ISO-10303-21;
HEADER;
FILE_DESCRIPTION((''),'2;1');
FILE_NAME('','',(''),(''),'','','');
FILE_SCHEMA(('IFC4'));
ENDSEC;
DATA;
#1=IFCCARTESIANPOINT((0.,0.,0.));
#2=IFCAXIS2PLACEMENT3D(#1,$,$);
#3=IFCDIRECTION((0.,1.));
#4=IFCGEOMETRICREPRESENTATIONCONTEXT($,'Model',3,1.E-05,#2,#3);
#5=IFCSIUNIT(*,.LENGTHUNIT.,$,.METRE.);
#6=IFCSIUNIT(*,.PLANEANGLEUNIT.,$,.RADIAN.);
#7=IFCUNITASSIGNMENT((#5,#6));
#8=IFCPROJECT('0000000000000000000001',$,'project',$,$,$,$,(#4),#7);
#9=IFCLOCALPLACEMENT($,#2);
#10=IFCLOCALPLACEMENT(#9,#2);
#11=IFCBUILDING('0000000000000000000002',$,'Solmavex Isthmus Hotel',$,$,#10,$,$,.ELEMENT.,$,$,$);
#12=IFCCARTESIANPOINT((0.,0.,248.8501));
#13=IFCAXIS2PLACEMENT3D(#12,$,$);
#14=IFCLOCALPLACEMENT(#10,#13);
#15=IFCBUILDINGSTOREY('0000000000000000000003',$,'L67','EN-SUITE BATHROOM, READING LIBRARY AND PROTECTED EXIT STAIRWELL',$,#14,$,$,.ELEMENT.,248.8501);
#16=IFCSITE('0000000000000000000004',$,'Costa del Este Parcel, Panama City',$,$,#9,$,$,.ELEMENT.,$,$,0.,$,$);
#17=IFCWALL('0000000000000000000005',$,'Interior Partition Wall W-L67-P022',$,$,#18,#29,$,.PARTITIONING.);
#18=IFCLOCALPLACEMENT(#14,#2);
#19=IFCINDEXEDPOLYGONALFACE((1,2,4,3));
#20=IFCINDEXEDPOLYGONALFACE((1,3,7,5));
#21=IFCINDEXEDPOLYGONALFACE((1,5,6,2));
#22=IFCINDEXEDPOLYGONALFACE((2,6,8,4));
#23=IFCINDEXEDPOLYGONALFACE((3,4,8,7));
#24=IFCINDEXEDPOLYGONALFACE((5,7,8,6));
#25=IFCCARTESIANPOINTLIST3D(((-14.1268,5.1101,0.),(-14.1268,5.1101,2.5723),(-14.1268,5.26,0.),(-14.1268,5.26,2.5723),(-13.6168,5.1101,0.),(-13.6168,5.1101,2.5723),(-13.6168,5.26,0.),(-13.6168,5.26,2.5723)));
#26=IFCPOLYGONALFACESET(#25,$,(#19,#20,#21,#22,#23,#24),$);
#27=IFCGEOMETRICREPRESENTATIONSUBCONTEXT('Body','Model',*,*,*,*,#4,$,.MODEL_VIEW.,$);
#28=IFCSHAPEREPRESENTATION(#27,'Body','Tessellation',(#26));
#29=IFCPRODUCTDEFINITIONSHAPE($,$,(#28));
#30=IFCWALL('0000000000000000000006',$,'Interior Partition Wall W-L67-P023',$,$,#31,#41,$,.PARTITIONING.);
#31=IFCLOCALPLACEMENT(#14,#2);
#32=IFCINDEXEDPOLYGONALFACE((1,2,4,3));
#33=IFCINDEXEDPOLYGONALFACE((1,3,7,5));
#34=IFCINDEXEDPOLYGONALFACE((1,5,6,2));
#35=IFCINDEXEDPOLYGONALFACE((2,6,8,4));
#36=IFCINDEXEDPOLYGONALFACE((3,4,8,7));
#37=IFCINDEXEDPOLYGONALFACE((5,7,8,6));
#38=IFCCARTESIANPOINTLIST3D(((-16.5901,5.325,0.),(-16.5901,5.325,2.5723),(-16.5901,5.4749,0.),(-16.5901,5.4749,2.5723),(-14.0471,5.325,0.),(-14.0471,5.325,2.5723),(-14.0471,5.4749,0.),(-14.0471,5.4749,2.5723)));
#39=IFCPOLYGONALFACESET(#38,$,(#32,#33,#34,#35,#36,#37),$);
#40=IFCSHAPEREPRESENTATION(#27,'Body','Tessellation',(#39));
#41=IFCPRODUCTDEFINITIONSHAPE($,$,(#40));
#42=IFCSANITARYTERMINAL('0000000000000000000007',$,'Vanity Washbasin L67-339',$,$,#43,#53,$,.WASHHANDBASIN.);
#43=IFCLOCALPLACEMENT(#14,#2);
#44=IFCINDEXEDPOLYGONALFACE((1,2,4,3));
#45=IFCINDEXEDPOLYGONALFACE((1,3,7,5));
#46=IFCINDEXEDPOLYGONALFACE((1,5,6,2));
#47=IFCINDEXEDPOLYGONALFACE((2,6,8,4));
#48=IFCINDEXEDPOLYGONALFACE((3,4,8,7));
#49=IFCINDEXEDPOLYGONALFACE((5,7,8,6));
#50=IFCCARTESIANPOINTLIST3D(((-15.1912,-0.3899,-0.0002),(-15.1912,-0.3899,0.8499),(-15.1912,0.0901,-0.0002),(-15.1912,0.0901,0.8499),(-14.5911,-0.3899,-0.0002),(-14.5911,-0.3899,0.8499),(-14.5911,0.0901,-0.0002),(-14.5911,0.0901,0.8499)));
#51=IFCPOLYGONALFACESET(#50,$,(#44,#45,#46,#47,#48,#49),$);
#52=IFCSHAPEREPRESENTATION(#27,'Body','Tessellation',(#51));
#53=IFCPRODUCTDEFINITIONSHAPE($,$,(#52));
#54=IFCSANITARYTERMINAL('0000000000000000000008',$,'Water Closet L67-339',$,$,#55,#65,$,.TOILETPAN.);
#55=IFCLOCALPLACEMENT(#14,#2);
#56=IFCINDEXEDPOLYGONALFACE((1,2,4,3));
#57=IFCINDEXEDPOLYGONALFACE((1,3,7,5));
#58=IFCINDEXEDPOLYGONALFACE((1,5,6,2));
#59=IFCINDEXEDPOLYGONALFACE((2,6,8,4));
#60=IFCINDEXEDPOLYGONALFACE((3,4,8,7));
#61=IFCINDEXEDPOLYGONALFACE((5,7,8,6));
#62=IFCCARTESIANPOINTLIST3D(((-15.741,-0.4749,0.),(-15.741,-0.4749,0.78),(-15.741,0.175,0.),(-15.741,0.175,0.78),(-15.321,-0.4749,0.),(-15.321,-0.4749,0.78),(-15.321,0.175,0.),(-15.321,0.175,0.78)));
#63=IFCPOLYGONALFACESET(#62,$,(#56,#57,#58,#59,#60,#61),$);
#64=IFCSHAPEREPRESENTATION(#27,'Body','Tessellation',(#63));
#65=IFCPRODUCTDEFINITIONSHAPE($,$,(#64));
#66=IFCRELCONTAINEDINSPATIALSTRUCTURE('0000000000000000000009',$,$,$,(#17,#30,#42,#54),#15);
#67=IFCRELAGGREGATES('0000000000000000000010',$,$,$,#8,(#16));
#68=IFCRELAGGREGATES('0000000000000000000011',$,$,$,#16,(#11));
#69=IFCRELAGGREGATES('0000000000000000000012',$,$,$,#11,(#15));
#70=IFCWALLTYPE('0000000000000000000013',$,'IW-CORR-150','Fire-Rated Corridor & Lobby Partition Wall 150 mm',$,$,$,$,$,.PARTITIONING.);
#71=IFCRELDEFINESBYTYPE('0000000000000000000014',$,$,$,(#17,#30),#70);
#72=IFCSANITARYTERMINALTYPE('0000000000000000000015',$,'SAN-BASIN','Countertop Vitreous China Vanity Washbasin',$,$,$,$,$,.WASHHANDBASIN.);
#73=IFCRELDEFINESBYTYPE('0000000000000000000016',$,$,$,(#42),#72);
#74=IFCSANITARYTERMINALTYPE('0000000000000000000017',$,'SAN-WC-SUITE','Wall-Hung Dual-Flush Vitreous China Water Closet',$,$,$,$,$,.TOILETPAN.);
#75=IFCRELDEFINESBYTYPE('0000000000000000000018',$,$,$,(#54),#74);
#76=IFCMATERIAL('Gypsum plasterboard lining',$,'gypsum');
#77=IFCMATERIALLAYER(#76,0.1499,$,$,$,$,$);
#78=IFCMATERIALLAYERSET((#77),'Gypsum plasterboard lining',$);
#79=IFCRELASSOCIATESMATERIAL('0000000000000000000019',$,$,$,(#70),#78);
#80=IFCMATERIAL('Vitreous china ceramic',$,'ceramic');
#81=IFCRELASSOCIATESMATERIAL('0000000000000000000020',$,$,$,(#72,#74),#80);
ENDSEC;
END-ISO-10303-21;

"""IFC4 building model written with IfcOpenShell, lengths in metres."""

from ifc_helpers import new_model, si_unit, direction, frame, frame_2d, origin, origin_2d, place, context, subcontext, project, spatial, rectangle, extrude, material, layer, layer_set, type_object, element, save


model = new_model("IFC4")

# Units and contexts
model_context = context("Model", 3, precision=1e-05, world=origin(), true_north=direction((0.0, 1.0)))
body_context = subcontext(model_context, "Body", "Model", "MODEL_VIEW")
ifc_project = project(units=[si_unit("LENGTHUNIT", "METRE"), si_unit("PLANEANGLEUNIT", "RADIAN")], contexts=[model_context])

# Site, building, storey
site_placement = place(None, origin())
site = spatial("IfcSite", under=ifc_project, at=site_placement, Name="Costa del Este Parcel, Panama City", CompositionType="ELEMENT", RefElevation=0.0)
building_placement = place(site_placement, origin())
building = spatial("IfcBuilding", under=site, at=building_placement, Name="Solmavex Isthmus Hotel", CompositionType="ELEMENT")
storey_placement = place(building_placement, frame((0.0, 0.0, 248.8501)))
storey = spatial("IfcBuildingStorey", under=building, at=storey_placement, Name="L67", Description="EN-SUITE BATHROOM, READING LIBRARY AND PROTECTED EXIT STAIRWELL", CompositionType="ELEMENT", Elevation=248.8501)

# Shared definitions
ifc_material_1 = material(Name="Gypsum plasterboard lining", Category="gypsum")
ifc_layer_1 = layer(ifc_material_1, 0.1499)
ifc_layer_set_1 = layer_set([ifc_layer_1], Name="Gypsum plasterboard lining")
wall_type_1 = type_object("IfcWallType", Name="IW-CORR-150", Description="Fire-Rated Corridor & Lobby Partition Wall 150 mm", PredefinedType="PARTITIONING", material=ifc_layer_set_1)

# Walls
wall_1_placement = place(storey_placement, frame((-13.6169, 5.1851, 0.0), z_axis=(0.0, 0.0, 1.0), x_axis=(-1.0, 0.0, 0.0)))
element("IfcWall", 1, at=wall_1_placement, inside=storey, type_object=wall_type_1, Name="Interior Partition Wall W-L67-P022", PredefinedType="PARTITIONING", context=body_context, shape_type="SweptSolid", body=[
    extrude(rectangle(XDim=0.51, YDim=0.1499, at=frame_2d((0.2549, 0.0))), origin(), (0.0, 0.0, 1.0), 2.5723),
])
wall_2_placement = place(storey_placement, frame((-14.0471, 5.3999, 0.0), z_axis=(0.0, 0.0, 1.0), x_axis=(-1.0, 0.0, 0.0)))
element("IfcWall", 2, at=wall_2_placement, inside=storey, type_object=wall_type_1, Name="Interior Partition Wall W-L67-P023", PredefinedType="PARTITIONING", context=body_context, shape_type="SweptSolid", body=[
    extrude(rectangle(XDim=2.543, YDim=0.1499, at=frame_2d((1.2715, 0.0))), origin(), (0.0, 0.0, 1.0), 2.5723),
])

# Sanitary terminals
ifc_material_2 = material(Name="Vitreous china ceramic", Category="ceramic")
sanitary_terminal_type_1 = type_object("IfcSanitaryTerminalType", Name="SAN-BASIN", Description="Countertop Vitreous China Vanity Washbasin", PredefinedType="WASHHANDBASIN", material=ifc_material_2)
sanitary_terminal_1_placement = place(storey_placement, frame((-14.8911, -0.1499, -0.0002), z_axis=(0.0, 0.0, 1.0), x_axis=(1.0, 0.0, 0.0)))
element("IfcSanitaryTerminal", 3, at=sanitary_terminal_1_placement, inside=storey, type_object=sanitary_terminal_type_1, Name="Vanity Washbasin L67-339", PredefinedType="WASHHANDBASIN", context=body_context, shape_type="SweptSolid", body=[
    extrude(rectangle(XDim=0.6001, YDim=0.48, at=origin_2d()), origin(), (0.0, 0.0, 1.0), 0.8501),
])
sanitary_terminal_type_2 = type_object("IfcSanitaryTerminalType", Name="SAN-WC-SUITE", Description="Wall-Hung Dual-Flush Vitreous China Water Closet", PredefinedType="TOILETPAN", material=ifc_material_2)
sanitary_terminal_2_placement = place(storey_placement, frame((-15.531, -0.1499, 0.0), z_axis=(0.0, 0.0, 1.0), x_axis=(1.0, 0.0, 0.0)))
element("IfcSanitaryTerminal", 4, at=sanitary_terminal_2_placement, inside=storey, type_object=sanitary_terminal_type_2, Name="Water Closet L67-339", PredefinedType="TOILETPAN", context=body_context, shape_type="SweptSolid", body=[
    extrude(rectangle(XDim=0.4199, YDim=0.6499, at=origin_2d()), origin(), (0.0, 0.0, 1.0), 0.78),
])

save(model, "model.ifc")
